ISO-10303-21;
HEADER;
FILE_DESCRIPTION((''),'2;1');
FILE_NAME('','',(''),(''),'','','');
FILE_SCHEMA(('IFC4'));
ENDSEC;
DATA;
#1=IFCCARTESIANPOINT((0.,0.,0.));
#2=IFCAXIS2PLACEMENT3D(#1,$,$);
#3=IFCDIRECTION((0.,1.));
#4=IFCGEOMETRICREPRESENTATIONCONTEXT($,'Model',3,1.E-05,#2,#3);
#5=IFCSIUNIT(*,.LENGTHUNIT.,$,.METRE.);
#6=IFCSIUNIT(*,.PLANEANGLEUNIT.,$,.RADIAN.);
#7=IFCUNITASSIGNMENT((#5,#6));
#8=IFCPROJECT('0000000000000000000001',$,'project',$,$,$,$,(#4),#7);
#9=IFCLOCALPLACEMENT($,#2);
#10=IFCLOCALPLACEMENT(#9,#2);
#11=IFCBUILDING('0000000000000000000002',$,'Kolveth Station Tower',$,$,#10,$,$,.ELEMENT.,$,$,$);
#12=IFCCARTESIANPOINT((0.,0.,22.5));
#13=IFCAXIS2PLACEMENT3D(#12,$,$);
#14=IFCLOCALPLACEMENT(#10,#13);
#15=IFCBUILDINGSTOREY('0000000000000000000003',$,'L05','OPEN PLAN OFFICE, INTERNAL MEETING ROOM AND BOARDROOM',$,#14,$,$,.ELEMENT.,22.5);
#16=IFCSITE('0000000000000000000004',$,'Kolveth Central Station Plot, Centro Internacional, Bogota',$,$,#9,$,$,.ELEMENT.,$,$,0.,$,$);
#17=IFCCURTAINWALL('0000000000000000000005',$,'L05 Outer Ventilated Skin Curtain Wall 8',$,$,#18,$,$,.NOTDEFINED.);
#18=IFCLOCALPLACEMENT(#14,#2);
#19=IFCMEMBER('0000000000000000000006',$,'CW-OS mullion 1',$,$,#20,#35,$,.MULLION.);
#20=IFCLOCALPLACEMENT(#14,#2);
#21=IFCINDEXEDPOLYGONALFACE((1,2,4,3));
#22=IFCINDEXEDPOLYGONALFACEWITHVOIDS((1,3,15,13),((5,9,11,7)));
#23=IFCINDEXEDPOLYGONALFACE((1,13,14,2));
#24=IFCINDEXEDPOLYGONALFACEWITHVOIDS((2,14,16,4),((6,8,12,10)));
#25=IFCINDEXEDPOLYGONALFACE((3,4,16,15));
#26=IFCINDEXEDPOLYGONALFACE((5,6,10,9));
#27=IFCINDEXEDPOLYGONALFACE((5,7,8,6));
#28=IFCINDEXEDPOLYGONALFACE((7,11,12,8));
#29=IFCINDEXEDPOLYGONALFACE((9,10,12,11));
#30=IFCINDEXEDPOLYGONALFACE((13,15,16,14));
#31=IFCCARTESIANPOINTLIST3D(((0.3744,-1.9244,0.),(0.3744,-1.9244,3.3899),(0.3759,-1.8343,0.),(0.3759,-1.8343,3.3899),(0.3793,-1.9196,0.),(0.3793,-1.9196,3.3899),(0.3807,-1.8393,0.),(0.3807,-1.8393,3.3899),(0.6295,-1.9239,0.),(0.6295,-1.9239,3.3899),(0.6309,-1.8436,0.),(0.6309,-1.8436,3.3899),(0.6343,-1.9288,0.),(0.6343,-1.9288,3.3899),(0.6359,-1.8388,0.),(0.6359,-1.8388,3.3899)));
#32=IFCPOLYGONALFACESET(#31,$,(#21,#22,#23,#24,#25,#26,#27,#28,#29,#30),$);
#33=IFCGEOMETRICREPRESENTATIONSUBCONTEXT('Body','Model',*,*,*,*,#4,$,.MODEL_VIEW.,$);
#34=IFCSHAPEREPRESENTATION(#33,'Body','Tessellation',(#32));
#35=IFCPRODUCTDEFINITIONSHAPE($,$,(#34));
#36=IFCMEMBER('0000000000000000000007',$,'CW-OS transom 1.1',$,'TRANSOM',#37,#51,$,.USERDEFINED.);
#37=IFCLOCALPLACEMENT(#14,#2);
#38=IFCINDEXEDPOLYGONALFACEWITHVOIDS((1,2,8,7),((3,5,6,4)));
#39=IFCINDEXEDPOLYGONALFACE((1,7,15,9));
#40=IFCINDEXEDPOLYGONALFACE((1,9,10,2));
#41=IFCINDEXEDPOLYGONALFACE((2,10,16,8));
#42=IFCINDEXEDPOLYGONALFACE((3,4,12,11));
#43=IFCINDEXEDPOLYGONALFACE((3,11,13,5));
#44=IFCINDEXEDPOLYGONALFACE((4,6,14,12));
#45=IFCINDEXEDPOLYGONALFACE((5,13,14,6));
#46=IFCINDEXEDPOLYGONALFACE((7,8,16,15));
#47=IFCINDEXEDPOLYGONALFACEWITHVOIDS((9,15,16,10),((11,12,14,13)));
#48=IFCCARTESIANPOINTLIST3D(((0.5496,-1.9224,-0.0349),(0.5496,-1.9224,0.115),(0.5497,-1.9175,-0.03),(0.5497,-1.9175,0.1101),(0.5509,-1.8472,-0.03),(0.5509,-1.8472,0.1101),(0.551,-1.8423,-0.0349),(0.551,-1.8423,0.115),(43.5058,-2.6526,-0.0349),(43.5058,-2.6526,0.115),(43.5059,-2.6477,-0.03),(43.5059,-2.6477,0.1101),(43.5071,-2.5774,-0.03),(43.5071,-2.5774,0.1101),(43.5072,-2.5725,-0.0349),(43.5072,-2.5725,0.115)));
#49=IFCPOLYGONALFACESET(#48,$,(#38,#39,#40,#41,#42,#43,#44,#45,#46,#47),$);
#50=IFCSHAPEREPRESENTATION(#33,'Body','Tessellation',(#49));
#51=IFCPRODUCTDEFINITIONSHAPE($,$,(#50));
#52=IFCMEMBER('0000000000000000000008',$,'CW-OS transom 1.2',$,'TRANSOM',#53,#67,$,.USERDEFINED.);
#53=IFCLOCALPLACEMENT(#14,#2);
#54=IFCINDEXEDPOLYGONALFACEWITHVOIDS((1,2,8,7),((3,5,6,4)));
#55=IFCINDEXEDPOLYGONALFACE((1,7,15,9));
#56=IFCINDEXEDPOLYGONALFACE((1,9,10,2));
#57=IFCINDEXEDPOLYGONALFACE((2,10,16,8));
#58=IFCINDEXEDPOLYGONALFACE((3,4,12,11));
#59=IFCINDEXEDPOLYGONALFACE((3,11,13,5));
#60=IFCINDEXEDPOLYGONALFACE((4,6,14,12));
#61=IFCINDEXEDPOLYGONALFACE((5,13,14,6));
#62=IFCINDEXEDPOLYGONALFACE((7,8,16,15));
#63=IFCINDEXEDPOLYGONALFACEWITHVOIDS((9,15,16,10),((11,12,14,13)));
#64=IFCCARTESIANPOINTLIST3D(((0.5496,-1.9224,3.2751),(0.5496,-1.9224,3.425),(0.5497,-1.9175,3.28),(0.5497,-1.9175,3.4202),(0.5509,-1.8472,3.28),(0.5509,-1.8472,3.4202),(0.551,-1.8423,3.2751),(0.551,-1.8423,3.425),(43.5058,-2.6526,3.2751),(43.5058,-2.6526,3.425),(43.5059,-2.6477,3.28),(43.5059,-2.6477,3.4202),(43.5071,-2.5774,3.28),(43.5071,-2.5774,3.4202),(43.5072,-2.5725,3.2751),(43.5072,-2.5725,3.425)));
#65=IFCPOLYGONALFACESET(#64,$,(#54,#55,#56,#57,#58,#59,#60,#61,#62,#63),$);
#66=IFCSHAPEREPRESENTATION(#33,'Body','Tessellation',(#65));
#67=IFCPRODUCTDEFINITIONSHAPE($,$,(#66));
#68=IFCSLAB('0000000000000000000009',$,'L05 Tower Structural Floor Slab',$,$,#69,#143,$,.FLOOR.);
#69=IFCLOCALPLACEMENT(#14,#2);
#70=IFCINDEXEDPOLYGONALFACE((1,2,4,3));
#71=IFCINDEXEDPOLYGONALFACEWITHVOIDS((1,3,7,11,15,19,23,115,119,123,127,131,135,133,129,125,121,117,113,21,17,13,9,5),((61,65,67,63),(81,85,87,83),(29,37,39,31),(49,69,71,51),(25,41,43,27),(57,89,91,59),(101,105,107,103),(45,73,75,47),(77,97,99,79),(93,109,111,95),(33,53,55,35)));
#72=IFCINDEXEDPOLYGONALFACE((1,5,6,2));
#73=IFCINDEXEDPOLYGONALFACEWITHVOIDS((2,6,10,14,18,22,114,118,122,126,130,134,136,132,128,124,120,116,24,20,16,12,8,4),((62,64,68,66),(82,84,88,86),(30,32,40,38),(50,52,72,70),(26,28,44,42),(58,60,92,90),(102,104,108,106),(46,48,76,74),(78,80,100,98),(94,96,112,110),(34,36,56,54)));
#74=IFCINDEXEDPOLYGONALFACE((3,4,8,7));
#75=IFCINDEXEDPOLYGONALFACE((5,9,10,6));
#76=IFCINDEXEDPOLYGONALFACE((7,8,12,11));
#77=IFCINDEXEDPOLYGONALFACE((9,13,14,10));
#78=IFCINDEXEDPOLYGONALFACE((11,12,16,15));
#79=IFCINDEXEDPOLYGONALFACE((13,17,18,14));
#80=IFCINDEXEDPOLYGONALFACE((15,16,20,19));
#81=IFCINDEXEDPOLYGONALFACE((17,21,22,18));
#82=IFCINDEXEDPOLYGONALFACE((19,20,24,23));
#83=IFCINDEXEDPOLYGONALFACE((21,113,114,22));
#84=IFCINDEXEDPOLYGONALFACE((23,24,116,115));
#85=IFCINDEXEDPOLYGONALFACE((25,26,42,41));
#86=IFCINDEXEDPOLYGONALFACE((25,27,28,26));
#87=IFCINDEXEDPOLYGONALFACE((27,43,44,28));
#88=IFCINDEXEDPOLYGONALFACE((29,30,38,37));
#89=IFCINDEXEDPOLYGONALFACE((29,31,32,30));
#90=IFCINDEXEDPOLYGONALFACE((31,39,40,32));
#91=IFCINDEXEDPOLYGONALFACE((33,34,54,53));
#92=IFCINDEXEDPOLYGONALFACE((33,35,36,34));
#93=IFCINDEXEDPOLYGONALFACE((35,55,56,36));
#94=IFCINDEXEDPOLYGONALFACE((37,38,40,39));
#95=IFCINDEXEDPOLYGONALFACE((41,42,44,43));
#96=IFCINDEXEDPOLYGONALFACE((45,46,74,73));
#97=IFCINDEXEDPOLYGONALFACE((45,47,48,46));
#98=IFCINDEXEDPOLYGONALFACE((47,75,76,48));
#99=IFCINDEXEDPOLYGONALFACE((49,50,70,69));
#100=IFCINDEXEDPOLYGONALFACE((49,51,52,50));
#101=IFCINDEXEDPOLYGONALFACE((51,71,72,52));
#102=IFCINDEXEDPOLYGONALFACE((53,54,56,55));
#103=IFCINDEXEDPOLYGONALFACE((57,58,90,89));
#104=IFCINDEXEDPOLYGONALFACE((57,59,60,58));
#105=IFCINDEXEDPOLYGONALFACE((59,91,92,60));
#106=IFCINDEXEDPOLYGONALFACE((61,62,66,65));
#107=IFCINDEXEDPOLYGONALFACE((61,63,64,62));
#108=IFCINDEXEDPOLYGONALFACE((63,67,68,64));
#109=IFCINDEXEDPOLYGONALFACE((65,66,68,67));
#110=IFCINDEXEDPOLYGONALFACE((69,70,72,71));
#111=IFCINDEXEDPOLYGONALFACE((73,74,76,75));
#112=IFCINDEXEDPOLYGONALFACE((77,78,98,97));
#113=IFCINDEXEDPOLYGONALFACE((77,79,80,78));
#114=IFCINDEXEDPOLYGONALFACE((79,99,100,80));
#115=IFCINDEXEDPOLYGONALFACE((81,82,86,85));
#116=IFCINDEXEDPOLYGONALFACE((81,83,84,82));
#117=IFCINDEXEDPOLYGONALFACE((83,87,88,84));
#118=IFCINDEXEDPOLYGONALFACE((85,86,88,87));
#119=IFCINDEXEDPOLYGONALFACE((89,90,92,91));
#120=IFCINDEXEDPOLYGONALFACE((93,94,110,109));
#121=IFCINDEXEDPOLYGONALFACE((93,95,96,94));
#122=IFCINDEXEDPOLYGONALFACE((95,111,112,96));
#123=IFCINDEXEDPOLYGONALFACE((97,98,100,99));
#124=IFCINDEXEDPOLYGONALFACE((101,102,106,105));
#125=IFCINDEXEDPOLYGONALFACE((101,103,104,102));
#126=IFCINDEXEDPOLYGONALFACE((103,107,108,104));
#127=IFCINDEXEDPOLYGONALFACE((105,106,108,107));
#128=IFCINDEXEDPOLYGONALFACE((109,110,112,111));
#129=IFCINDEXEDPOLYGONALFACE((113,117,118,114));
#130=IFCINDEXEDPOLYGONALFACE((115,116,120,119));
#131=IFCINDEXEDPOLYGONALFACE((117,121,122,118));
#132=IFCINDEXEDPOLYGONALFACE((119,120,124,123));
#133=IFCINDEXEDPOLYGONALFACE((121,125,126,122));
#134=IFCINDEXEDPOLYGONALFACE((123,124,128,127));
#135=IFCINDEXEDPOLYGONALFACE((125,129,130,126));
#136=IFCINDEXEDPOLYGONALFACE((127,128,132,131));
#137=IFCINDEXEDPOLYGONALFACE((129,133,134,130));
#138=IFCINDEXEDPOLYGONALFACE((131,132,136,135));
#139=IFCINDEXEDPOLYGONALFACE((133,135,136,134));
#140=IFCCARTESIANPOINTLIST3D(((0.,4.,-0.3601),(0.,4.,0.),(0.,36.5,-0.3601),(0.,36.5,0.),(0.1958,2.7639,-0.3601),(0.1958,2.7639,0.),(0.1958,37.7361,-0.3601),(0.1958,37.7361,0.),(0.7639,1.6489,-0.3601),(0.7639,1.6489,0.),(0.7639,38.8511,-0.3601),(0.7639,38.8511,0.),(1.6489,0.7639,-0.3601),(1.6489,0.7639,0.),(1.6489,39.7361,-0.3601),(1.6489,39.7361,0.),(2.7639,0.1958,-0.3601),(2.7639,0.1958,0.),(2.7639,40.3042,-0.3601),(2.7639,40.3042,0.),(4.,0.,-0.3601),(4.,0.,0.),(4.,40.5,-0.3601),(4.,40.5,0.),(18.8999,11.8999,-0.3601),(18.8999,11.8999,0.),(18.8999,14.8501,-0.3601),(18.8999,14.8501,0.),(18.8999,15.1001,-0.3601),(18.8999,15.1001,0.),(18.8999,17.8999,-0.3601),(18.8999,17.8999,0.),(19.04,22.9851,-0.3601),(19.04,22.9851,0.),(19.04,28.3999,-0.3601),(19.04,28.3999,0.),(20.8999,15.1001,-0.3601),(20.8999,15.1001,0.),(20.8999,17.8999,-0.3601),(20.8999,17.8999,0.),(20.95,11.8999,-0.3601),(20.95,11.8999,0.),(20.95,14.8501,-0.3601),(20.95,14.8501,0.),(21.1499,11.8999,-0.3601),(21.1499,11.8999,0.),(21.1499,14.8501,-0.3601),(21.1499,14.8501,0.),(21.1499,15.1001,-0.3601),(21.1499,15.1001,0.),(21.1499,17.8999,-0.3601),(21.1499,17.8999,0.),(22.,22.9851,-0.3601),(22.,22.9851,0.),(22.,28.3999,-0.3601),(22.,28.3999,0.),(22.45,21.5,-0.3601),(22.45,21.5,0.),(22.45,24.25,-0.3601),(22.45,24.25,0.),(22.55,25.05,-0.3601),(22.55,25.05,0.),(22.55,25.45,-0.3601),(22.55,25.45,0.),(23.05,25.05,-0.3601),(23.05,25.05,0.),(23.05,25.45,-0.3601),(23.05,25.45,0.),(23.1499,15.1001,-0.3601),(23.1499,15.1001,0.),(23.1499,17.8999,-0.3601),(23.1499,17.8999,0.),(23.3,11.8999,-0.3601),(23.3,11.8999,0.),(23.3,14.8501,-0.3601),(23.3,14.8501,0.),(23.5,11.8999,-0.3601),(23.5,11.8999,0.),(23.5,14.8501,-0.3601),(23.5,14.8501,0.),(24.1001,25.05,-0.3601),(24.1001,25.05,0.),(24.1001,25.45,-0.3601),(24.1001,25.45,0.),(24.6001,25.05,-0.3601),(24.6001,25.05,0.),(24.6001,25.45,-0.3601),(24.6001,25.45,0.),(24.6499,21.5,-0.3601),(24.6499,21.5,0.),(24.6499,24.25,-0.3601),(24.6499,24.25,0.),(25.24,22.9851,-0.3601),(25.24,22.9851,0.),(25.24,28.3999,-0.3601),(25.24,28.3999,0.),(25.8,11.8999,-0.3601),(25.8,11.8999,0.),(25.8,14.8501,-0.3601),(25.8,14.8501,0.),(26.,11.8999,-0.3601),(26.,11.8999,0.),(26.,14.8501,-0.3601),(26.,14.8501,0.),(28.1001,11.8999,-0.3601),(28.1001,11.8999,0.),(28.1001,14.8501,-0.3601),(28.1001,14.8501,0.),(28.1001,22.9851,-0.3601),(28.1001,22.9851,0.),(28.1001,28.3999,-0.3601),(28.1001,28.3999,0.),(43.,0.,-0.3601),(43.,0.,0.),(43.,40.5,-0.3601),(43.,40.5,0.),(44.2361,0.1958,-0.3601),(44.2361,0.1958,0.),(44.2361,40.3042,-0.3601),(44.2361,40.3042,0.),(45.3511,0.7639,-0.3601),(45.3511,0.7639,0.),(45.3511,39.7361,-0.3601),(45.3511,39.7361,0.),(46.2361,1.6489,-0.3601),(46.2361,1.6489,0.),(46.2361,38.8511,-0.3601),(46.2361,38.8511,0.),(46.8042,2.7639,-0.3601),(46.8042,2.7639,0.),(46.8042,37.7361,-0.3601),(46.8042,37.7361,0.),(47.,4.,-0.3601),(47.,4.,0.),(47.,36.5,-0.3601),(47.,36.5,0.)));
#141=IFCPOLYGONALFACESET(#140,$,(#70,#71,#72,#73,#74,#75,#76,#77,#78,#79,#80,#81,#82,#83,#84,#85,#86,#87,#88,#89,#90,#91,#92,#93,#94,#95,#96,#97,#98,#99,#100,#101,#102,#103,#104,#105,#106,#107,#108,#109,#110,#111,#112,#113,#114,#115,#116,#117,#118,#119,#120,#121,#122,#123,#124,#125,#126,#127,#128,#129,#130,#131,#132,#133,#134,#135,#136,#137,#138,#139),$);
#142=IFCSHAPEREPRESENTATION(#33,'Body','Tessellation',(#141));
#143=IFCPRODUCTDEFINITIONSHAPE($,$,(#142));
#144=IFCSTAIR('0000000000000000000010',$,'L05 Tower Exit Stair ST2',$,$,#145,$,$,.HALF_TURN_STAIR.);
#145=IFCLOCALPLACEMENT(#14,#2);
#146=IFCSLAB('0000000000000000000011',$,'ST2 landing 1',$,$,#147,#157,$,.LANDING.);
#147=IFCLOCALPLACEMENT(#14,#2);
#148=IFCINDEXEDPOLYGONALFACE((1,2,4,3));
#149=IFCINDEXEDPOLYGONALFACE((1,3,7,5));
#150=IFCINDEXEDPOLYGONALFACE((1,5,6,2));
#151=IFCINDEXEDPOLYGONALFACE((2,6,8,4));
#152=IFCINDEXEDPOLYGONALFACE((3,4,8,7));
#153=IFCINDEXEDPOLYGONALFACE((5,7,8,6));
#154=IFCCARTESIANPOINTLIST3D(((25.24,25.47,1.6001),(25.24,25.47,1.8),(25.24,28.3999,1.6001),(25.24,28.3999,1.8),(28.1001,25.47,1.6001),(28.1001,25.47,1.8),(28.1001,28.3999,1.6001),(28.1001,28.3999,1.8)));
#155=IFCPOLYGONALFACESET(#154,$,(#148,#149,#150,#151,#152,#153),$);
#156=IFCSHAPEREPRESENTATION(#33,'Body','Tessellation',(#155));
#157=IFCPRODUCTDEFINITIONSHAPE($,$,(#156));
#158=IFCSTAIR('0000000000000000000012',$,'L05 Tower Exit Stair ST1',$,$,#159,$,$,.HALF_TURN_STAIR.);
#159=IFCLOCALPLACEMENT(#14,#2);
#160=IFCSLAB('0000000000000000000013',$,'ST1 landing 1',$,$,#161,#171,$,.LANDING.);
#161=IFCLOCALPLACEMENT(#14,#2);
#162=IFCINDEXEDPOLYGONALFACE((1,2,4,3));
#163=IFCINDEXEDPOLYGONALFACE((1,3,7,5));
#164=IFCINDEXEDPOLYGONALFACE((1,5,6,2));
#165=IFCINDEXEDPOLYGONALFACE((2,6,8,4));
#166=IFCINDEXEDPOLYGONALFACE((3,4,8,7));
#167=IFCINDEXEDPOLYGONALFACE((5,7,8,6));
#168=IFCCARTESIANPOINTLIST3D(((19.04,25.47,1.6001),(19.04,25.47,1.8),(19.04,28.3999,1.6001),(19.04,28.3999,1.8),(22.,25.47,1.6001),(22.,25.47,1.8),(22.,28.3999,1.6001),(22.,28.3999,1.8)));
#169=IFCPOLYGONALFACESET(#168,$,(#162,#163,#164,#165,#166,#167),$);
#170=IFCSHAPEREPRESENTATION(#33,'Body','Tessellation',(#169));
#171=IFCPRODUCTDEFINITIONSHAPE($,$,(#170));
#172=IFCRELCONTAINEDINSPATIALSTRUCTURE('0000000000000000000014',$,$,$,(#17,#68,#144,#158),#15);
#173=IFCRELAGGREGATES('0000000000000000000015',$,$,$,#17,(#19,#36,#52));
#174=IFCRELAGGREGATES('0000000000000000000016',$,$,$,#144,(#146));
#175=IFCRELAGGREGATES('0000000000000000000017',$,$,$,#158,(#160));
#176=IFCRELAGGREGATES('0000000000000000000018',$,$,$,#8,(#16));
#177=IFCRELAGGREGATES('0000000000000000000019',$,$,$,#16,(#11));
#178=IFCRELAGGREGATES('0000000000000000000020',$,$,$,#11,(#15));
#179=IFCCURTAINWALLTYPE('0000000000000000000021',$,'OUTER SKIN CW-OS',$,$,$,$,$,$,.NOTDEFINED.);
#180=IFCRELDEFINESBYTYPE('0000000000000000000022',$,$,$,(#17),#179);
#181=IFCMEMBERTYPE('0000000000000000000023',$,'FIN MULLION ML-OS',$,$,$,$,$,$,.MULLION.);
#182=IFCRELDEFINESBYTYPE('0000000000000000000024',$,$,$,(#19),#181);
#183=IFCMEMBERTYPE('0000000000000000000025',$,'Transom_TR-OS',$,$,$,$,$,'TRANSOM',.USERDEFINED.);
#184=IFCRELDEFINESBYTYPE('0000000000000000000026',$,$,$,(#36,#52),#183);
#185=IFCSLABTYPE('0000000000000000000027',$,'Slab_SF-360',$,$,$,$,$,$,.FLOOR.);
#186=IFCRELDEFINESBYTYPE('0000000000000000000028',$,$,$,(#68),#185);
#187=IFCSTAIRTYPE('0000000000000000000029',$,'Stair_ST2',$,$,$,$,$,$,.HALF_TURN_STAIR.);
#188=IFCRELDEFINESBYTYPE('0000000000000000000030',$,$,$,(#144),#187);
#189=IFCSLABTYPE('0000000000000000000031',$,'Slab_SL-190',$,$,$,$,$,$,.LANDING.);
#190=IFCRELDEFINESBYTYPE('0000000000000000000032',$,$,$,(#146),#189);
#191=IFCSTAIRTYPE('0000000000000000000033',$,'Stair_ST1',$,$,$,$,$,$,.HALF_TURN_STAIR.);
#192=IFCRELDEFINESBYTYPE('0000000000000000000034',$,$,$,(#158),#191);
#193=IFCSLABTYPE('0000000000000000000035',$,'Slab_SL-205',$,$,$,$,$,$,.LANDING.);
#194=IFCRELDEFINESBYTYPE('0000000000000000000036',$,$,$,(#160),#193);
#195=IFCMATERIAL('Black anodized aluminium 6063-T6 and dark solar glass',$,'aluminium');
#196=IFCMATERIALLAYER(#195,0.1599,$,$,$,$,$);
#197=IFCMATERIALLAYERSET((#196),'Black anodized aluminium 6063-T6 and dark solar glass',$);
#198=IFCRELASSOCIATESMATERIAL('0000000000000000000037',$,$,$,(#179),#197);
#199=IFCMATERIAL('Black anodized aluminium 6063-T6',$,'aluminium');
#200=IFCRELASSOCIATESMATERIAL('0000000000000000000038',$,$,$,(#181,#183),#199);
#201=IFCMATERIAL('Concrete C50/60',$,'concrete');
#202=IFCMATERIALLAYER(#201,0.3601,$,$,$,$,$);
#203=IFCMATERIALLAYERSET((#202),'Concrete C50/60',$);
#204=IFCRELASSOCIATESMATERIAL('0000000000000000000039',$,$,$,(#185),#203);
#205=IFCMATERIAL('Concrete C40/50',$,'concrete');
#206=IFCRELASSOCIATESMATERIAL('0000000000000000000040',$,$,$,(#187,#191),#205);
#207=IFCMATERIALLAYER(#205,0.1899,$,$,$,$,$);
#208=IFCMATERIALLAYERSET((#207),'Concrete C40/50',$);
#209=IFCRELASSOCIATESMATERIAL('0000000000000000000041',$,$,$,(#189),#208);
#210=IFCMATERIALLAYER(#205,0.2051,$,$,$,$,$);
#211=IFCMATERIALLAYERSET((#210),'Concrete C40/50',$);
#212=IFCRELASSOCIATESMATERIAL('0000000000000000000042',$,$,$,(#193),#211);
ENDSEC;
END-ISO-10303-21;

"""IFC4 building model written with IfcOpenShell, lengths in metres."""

from ifc_helpers import new_model, si_unit, direction, frame, origin, origin_2d, place, context, subcontext, project, spatial, polyline, hollow_rectangle, outline, extrude, source, transform, mapped, material, layer, layer_set, material_profile, profile_set, type_object, element, aggregate, save


model = new_model("IFC4")

# Units and contexts
model_context = context("Model", 3, precision=1e-05, world=origin(), true_north=direction((0.0, 1.0)))
body_context = subcontext(model_context, "Body", "Model", "MODEL_VIEW")
ifc_project = project(units=[si_unit("LENGTHUNIT", "METRE"), si_unit("PLANEANGLEUNIT", "RADIAN")], contexts=[model_context])

# Site, building, storey
site_placement = place(None, origin())
site = spatial("IfcSite", under=ifc_project, at=site_placement, Name="Kolveth Central Station Plot, Centro Internacional, Bogota", CompositionType="ELEMENT", RefElevation=0.0)
building_placement = place(site_placement, origin())
building = spatial("IfcBuilding", under=site, at=building_placement, Name="Kolveth Station Tower", CompositionType="ELEMENT")
storey_placement = place(building_placement, frame((0.0, 0.0, 22.5)))
storey = spatial("IfcBuildingStorey", under=building, at=storey_placement, Name="L05", Description="OPEN PLAN OFFICE, INTERNAL MEETING ROOM AND BOARDROOM", CompositionType="ELEMENT", Elevation=22.5)

# Shared definitions
ifc_material_1 = material(Name="Black anodized aluminium 6063-T6", Category="aluminium")

# Shared definitions
ifc_material_2 = material(Name="Black anodized aluminium 6063-T6 and dark solar glass", Category="aluminium")
ifc_layer_1 = layer(ifc_material_2, 0.1599)
ifc_layer_set_1 = layer_set([ifc_layer_1], Name="Black anodized aluminium 6063-T6 and dark solar glass")
curtain_wall_type_1 = type_object("IfcCurtainWallType", Name="OUTER SKIN CW-OS", PredefinedType="NOTDEFINED", material=ifc_layer_set_1)
ifc_material_profile_1 = material_profile(ifc_material_1, hollow_rectangle(XDim=0.0901, YDim=0.26, WallThickness=0.0049, at=origin_2d()), Name="ALU-90x260x5")
ifc_profile_set_1 = profile_set([ifc_material_profile_1], Name="Black anodized aluminium 6063-T6")
member_type_1 = type_object("IfcMemberType", Name="FIN MULLION ML-OS", PredefinedType="MULLION", material=ifc_profile_set_1)
shared_shape_1 = source(origin(), body_context, "Body", "SweptSolid", [
    extrude(hollow_rectangle(XDim=0.0901, YDim=0.26, WallThickness=0.0049, at=origin_2d()), origin(), (0.0, 0.0, 1.0), 3.3899),
])

# Curtain wall, members
curtain_wall_1_placement = place(storey_placement, origin())
curtain_wall_1 = element("IfcCurtainWall", 1, at=curtain_wall_1_placement, inside=storey, type_object=curtain_wall_type_1, Name="L05 Outer Ventilated Skin Curtain Wall 8", PredefinedType="NOTDEFINED")
member_1_placement = place(storey_placement, frame((0.5051, -1.8816, 0.0), z_axis=(0.0, 0.0, 1.0), x_axis=(0.016995, 0.999856, 0.0)))
member_1 = element("IfcMember", 2, at=member_1_placement, type_object=member_type_1, Name="CW-OS mullion 1", PredefinedType="MULLION", context=body_context, shape_type="MappedRepresentation", body=[
    mapped(shared_shape_1, transform((0.0, 0.0, 0.0), x_axis=(1.0, 0.0, 0.0), y_axis=(0.0, 1.0, 0.0), z_axis=(0.0, 0.0, 1.0), scale=1.0)),
])
ifc_material_profile_2 = material_profile(ifc_material_1, hollow_rectangle(XDim=0.0801, YDim=0.1499, WallThickness=0.0049, at=origin_2d()), Name="ALU-80x150x5")
ifc_profile_set_2 = profile_set([ifc_material_profile_2], Name="Black anodized aluminium 6063-T6")
member_type_2 = type_object("IfcMemberType", Name="Transom_TR-OS", ElementType="TRANSOM", PredefinedType="USERDEFINED", material=ifc_profile_set_2)
shared_shape_2 = source(origin(), body_context, "Body", "SweptSolid", [
    extrude(hollow_rectangle(XDim=0.0801, YDim=0.1499, WallThickness=0.0049, at=origin_2d()), origin(), (0.0, 0.0, 1.0), 42.9624),
])
member_2_placement = place(storey_placement, frame((0.5503, -1.8823, 0.04), z_axis=(0.999856, -0.016997, 0.0), x_axis=(0.016997, 0.999856, 0.0)))
member_2 = element("IfcMember", 3, at=member_2_placement, type_object=member_type_2, Name="CW-OS transom 1.1", ObjectType="TRANSOM", PredefinedType="USERDEFINED", context=body_context, shape_type="MappedRepresentation", body=[
    mapped(shared_shape_2, transform((0.0, 0.0, 0.0), x_axis=(1.0, 0.0, 0.0), y_axis=(0.0, 1.0, 0.0), z_axis=(0.0, 0.0, 1.0), scale=1.0)),
])
member_3_placement = place(storey_placement, frame((0.5503, -1.8823, 3.3501), z_axis=(0.999856, -0.016997, 0.0), x_axis=(0.016997, 0.999856, 0.0)))
member_3 = element("IfcMember", 4, at=member_3_placement, type_object=member_type_2, Name="CW-OS transom 1.2", ObjectType="TRANSOM", PredefinedType="USERDEFINED", context=body_context, shape_type="MappedRepresentation", body=[
    mapped(shared_shape_2, transform((0.0, 0.0, 0.0), x_axis=(1.0, 0.0, 0.0), y_axis=(0.0, 1.0, 0.0), z_axis=(0.0, 0.0, 1.0), scale=1.0)),
])
aggregate(curtain_wall_1, [member_1, member_2, member_3])

# Slab
ifc_material_3 = material(Name="Concrete C50/60", Category="concrete")
ifc_layer_2 = layer(ifc_material_3, 0.3601)
ifc_layer_set_2 = layer_set([ifc_layer_2], Name="Concrete C50/60")
slab_type_1 = type_object("IfcSlabType", Name="Slab_SF-360", PredefinedType="FLOOR", material=ifc_layer_set_2)
slab_1_placement = place(storey_placement, frame((0.0, 0.0, -0.3601)))
element("IfcSlab", 5, at=slab_1_placement, inside=storey, type_object=slab_type_1, Name="L05 Tower Structural Floor Slab", PredefinedType="FLOOR", context=body_context, shape_type="SweptSolid", body=[
    extrude(outline(polyline([(43.0, 0.0), (44.2361, 0.1958), (45.3511, 0.7639), (46.2361, 1.6489), (46.8042, 2.7639), (47.0, 4.0), (47.0, 36.5), (46.8042, 37.7361), (46.2361, 38.8511), (45.3511, 39.7361), (44.2361, 40.3042), (43.0, 40.5), (4.0, 40.5), (2.7639, 40.3042), (1.6489, 39.7361), (0.7639, 38.8511), (0.1958, 37.7361), (0.0, 36.5), (0.0, 4.0), (0.1958, 2.7639), (0.7639, 1.6489), (1.6489, 0.7639), (2.7639, 0.1958), (4.0, 0.0), (43.0, 0.0)]), holes=[polyline([(19.04, 22.9851), (22.0, 22.9851), (22.0, 28.3999), (19.04, 28.3999), (19.04, 22.9851)]), polyline([(25.24, 22.9851), (28.1001, 22.9851), (28.1001, 28.3999), (25.24, 28.3999), (25.24, 22.9851)]), polyline([(18.8999, 15.1001), (20.8999, 15.1001), (20.8999, 17.8999), (18.8999, 17.8999), (18.8999, 15.1001)]), polyline([(21.1499, 15.1001), (23.1499, 15.1001), (23.1499, 17.8999), (21.1499, 17.8999), (21.1499, 15.1001)]), polyline([(22.45, 21.5), (24.6499, 21.5), (24.6499, 24.25), (22.45, 24.25), (22.45, 21.5)]), polyline([(18.8999, 11.8999), (20.95, 11.8999), (20.95, 14.8501), (18.8999, 14.8501), (18.8999, 11.8999)]), polyline([(21.1499, 11.8999), (23.3, 11.8999), (23.3, 14.8501), (21.1499, 14.8501), (21.1499, 11.8999)]), polyline([(23.5, 11.8999), (25.8, 11.8999), (25.8, 14.8501), (23.5, 14.8501), (23.5, 11.8999)]), polyline([(26.0, 11.8999), (28.1001, 11.8999), (28.1001, 14.8501), (26.0, 14.8501), (26.0, 11.8999)]), polyline([(22.55, 25.05), (23.05, 25.05), (23.05, 25.45), (22.55, 25.45), (22.55, 25.05)]), polyline([(24.1001, 25.05), (24.6001, 25.05), (24.6001, 25.45), (24.1001, 25.45), (24.1001, 25.05)])]), origin(), (0.0, 0.0, 1.0), 0.3601),
])

# Stairs, slabs
ifc_material_4 = material(Name="Concrete C40/50", Category="concrete")
stair_type_1 = type_object("IfcStairType", Name="Stair_ST2", PredefinedType="HALF_TURN_STAIR", material=ifc_material_4)
stair_1_placement = place(storey_placement, origin())
stair_1 = element("IfcStair", 6, at=stair_1_placement, inside=storey, type_object=stair_type_1, Name="L05 Tower Exit Stair ST2", PredefinedType="HALF_TURN_STAIR")
ifc_layer_3 = layer(ifc_material_4, 0.1899)
ifc_layer_set_3 = layer_set([ifc_layer_3], Name="Concrete C40/50")
slab_type_2 = type_object("IfcSlabType", Name="Slab_SL-190", PredefinedType="LANDING", material=ifc_layer_set_3)
slab_2_placement = place(storey_placement, frame((0.0, 0.0, 1.6001)))
slab_2 = element("IfcSlab", 7, at=slab_2_placement, type_object=slab_type_2, Name="ST2 landing 1", PredefinedType="LANDING", context=body_context, shape_type="SweptSolid", body=[
    extrude(outline(polyline([(28.1001, 25.47), (28.1001, 28.3999), (25.24, 28.3999), (25.24, 25.47), (28.1001, 25.47)])), origin(), (0.0, 0.0, 1.0), 0.2),
])
aggregate(stair_1, [slab_2])
stair_type_2 = type_object("IfcStairType", Name="Stair_ST1", PredefinedType="HALF_TURN_STAIR", material=ifc_material_4)
stair_2_placement = place(storey_placement, origin())
stair_2 = element("IfcStair", 8, at=stair_2_placement, inside=storey, type_object=stair_type_2, Name="L05 Tower Exit Stair ST1", PredefinedType="HALF_TURN_STAIR")
ifc_layer_4 = layer(ifc_material_4, 0.2051)
ifc_layer_set_4 = layer_set([ifc_layer_4], Name="Concrete C40/50")
slab_type_3 = type_object("IfcSlabType", Name="Slab_SL-205", PredefinedType="LANDING", material=ifc_layer_set_4)
slab_3_placement = place(storey_placement, frame((0.0, 0.0, 1.6001)))
slab_3 = element("IfcSlab", 9, at=slab_3_placement, type_object=slab_type_3, Name="ST1 landing 1", PredefinedType="LANDING", context=body_context, shape_type="SweptSolid", body=[
    extrude(outline(polyline([(22.0, 25.47), (22.0, 28.3999), (19.04, 28.3999), (19.04, 25.47), (22.0, 25.47)])), origin(), (0.0, 0.0, 1.0), 0.2),
])
aggregate(stair_2, [slab_3])

save(model, "model.ifc")
